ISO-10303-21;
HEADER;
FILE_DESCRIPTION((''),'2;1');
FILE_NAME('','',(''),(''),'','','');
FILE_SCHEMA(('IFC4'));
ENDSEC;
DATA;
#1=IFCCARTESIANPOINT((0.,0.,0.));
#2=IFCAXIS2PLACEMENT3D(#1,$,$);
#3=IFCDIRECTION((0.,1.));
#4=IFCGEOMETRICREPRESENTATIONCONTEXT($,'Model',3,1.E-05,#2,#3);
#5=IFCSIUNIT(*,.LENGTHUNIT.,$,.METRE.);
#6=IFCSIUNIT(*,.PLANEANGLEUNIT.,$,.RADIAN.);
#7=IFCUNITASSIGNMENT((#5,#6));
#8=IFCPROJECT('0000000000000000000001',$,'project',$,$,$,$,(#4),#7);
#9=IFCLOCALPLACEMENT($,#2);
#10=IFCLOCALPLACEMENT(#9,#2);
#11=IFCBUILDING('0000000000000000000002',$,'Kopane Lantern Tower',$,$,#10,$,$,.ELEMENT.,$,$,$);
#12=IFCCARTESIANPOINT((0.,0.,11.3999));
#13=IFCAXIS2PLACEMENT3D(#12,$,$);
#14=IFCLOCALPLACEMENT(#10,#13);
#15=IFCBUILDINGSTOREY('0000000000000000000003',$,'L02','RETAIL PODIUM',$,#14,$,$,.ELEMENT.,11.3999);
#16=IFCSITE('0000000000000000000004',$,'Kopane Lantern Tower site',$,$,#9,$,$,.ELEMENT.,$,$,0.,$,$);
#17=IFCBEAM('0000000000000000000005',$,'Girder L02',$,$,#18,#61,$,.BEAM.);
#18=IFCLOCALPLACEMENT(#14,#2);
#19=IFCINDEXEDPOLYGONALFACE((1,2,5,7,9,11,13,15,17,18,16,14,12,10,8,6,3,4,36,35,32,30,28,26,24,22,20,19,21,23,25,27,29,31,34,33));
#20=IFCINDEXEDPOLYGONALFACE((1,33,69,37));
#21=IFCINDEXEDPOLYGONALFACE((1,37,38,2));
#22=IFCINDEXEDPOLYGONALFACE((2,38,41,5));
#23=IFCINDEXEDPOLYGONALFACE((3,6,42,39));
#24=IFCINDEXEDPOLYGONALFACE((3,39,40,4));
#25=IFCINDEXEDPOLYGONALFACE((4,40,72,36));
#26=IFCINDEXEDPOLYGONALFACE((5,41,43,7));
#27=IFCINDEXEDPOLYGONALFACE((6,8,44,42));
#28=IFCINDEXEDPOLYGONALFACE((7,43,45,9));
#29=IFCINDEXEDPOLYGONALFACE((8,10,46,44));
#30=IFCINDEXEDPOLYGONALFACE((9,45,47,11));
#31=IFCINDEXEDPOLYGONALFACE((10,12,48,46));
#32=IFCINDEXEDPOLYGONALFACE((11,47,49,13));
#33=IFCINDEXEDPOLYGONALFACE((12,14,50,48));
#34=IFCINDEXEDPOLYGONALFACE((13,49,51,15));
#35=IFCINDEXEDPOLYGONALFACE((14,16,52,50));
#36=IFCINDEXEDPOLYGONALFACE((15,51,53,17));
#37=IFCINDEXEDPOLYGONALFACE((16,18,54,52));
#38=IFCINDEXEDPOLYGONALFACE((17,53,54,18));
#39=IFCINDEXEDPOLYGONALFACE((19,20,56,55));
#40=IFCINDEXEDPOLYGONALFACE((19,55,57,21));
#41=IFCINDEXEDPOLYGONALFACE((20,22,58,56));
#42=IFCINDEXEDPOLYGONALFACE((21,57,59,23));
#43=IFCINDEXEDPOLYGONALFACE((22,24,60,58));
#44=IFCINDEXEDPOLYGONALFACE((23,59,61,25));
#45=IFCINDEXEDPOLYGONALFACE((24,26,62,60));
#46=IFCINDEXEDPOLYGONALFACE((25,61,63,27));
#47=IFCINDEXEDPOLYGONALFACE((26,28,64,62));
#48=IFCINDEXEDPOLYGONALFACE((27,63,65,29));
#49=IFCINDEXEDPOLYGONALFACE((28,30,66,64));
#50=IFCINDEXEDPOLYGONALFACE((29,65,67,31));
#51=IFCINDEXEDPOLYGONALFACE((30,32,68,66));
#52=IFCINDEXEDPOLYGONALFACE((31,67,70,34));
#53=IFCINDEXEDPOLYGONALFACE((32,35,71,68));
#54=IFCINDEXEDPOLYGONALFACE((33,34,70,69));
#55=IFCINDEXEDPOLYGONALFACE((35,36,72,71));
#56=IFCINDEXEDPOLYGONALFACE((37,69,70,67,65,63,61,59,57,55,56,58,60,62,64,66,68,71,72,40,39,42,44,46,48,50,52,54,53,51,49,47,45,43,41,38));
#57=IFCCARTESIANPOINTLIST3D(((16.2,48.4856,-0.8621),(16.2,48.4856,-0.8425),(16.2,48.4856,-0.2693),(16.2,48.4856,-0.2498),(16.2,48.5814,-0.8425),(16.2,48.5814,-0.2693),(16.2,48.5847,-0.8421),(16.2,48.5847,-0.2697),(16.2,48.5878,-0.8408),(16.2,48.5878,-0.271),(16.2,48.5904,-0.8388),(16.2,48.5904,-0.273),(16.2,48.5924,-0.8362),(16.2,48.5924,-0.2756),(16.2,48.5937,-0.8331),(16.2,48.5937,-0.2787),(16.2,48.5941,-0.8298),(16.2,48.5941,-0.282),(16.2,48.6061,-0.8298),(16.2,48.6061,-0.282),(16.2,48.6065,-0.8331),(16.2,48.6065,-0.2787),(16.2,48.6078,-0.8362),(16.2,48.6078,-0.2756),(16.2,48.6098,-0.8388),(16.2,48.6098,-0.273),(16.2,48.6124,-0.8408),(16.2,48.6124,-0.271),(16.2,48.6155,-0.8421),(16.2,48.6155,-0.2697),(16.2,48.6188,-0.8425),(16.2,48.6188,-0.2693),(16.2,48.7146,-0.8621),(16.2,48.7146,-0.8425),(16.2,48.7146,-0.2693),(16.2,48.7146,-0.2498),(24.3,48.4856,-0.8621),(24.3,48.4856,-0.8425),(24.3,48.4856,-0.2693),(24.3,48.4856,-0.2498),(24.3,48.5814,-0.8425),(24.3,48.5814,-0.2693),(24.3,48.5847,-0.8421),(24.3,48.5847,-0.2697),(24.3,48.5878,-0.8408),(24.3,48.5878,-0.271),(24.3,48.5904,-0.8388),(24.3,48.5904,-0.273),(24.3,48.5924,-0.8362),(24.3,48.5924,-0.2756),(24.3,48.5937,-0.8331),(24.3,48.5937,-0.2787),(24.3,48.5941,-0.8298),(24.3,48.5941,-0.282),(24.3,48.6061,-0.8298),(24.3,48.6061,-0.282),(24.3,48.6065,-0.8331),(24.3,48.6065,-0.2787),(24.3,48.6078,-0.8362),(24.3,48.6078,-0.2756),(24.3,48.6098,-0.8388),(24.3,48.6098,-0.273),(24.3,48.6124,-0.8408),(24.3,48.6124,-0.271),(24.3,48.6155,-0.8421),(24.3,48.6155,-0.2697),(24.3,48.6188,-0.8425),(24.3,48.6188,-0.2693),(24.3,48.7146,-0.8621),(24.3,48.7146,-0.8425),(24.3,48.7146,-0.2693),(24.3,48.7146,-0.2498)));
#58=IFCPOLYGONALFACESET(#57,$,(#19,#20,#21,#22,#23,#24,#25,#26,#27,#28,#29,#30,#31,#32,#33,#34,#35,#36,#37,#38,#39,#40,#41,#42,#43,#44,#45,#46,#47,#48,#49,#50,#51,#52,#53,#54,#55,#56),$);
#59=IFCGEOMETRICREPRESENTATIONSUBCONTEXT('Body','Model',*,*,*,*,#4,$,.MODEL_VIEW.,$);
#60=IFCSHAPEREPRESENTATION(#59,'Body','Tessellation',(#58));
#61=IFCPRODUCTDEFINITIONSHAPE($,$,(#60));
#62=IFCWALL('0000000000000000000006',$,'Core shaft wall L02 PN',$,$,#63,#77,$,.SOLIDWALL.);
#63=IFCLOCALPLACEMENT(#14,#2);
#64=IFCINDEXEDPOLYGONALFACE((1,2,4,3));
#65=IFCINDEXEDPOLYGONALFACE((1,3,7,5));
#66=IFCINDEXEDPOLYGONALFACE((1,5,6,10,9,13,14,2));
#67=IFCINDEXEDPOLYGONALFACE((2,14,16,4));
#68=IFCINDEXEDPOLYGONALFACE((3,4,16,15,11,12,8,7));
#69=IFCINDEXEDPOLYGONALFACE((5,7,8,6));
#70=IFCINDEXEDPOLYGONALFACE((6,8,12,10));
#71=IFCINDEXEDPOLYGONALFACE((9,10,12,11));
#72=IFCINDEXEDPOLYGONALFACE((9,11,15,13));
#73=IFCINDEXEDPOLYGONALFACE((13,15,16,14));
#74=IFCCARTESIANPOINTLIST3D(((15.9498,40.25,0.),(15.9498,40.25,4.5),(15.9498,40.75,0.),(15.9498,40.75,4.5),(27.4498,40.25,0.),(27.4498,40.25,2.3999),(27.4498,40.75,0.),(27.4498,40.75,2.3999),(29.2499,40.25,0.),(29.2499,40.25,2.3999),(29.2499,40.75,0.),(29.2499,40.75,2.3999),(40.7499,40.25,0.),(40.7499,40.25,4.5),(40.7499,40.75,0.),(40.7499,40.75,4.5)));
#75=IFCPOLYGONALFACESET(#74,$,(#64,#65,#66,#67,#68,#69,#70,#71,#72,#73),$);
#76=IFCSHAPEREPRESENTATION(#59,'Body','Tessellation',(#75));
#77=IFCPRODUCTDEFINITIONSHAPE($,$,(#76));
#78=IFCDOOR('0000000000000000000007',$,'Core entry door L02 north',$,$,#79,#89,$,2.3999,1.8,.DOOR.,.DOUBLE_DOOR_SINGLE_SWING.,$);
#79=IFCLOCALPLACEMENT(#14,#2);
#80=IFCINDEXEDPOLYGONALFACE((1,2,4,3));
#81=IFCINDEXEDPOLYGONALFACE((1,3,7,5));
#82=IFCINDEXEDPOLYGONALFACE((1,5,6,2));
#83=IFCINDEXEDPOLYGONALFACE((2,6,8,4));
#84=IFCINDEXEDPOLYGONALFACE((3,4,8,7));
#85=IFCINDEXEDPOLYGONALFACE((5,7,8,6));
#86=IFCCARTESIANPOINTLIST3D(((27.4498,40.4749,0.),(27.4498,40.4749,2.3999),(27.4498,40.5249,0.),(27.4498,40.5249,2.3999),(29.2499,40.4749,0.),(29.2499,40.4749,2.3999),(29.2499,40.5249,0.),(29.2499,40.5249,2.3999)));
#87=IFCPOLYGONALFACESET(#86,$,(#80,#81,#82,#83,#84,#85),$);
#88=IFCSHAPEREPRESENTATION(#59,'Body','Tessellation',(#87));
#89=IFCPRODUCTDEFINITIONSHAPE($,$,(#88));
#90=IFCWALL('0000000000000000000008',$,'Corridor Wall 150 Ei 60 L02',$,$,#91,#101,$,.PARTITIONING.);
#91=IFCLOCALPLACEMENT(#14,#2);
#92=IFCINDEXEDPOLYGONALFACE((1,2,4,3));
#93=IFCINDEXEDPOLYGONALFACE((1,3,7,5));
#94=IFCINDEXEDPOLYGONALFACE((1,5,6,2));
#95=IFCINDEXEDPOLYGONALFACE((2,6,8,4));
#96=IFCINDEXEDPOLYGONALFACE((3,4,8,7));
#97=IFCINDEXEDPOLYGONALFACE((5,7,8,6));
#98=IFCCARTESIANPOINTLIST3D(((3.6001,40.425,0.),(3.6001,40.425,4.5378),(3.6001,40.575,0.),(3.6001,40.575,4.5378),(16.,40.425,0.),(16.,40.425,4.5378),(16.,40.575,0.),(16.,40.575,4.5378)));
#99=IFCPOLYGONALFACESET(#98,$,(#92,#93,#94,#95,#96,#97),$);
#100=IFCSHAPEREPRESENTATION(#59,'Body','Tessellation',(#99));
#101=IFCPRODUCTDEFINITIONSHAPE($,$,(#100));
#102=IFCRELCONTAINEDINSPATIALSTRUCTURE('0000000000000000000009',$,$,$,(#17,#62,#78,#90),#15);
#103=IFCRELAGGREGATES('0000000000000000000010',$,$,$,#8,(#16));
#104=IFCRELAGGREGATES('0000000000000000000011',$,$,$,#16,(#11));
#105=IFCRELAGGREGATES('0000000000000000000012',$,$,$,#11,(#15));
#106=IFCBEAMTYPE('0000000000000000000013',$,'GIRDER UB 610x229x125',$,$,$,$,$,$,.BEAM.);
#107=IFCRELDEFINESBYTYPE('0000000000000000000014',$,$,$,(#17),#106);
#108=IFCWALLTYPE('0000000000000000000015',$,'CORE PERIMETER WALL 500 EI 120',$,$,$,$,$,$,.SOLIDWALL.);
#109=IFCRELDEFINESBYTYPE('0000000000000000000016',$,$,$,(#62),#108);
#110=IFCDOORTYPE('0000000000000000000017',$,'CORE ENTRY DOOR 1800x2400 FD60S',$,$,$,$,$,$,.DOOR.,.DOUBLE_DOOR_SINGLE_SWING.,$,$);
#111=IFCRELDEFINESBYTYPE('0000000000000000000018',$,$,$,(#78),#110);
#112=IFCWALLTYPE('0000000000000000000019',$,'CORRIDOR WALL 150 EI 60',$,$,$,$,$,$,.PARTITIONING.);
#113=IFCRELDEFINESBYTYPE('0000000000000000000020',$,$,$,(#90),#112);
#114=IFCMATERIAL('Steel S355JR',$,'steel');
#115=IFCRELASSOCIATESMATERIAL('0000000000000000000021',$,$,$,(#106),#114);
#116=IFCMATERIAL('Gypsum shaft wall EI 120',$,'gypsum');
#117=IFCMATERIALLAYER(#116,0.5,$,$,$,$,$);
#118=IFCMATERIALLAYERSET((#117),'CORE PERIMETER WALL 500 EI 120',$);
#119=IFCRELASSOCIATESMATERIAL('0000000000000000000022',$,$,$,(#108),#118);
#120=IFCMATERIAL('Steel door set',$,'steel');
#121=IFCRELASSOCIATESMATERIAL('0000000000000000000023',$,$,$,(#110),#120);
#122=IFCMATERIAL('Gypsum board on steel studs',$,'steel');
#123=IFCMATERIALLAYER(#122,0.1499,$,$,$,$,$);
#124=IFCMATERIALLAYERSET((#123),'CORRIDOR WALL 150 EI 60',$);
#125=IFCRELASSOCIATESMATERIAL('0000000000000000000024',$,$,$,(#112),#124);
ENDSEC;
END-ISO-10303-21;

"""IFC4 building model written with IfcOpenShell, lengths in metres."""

from ifc_helpers import new_model, si_unit, direction, frame, frame_2d, origin, origin_2d, place, context, subcontext, project, spatial, rectangle, i_section, extrude, material, layer, layer_set, material_profile, profile_set, type_object, element, fill, save


model = new_model("IFC4")

# Units and contexts
model_context = context("Model", 3, precision=1e-05, world=origin(), true_north=direction((0.0, 1.0)))
body_context = subcontext(model_context, "Body", "Model", "MODEL_VIEW")
ifc_project = project(units=[si_unit("LENGTHUNIT", "METRE"), si_unit("PLANEANGLEUNIT", "RADIAN")], contexts=[model_context])

# Site, building, storey
site_placement = place(None, origin())
site = spatial("IfcSite", under=ifc_project, at=site_placement, Name="Kopane Lantern Tower site", CompositionType="ELEMENT", RefElevation=0.0)
building_placement = place(site_placement, origin())
building = spatial("IfcBuilding", under=site, at=building_placement, Name="Kopane Lantern Tower", CompositionType="ELEMENT")
storey_placement = place(building_placement, frame((0.0, 0.0, 11.3999)))
storey = spatial("IfcBuildingStorey", under=building, at=storey_placement, Name="L02", Description="RETAIL PODIUM", CompositionType="ELEMENT", Elevation=11.3999)

# Beam
ifc_material_1 = material(Name="Steel S355JR", Category="steel")
ifc_material_profile_1 = material_profile(ifc_material_1, i_section(OverallWidth=0.229, OverallDepth=0.6123, WebThickness=0.012, FlangeThickness=0.0195, FilletRadius=0.0127, at=origin_2d()), Name="UB 610x229x125")
ifc_profile_set_1 = profile_set([ifc_material_profile_1], Name="Steel S355JR")
beam_type = type_object("IfcBeamType", Name="GIRDER UB 610x229x125", PredefinedType="BEAM", material=ifc_profile_set_1)
for number, where, z_axis, x_axis, name in (
    (1, (16.2, 48.6001, -0.5559), (1.0, 0.0, 0.0), (0.0, 1.0, 0.0), "Girder L02"),
):
    element("IfcBeam", number, at=place(storey_placement, frame(where, z_axis=z_axis, x_axis=x_axis)), inside=storey, type_object=beam_type, Name=name, PredefinedType="BEAM", context=body_context, shape_type="SweptSolid", body=[
        extrude(i_section(OverallWidth=0.229, OverallDepth=0.6123, WebThickness=0.012, FlangeThickness=0.0195, FilletRadius=0.0127, at=origin_2d()), origin(), (0.0, 0.0, 1.0), 8.1001),
    ])

# Wall, opening, door
ifc_material_2 = material(Name="Gypsum shaft wall EI 120", Category="gypsum")
ifc_layer_1 = layer(ifc_material_2, 0.5)
ifc_layer_set_1 = layer_set([ifc_layer_1], Name="CORE PERIMETER WALL 500 EI 120")
wall_type_1 = type_object("IfcWallType", Name="CORE PERIMETER WALL 500 EI 120", PredefinedType="SOLIDWALL", material=ifc_layer_set_1)
wall_1_placement = place(storey_placement, frame((15.95, 40.5, 0.0), z_axis=(0.0, 0.0, 1.0), x_axis=(1.0, 0.0, 0.0)))
wall_1 = element("IfcWall", 2, at=wall_1_placement, inside=storey, type_object=wall_type_1, Name="Core shaft wall L02 PN", PredefinedType="SOLIDWALL", context=body_context, shape_type="SweptSolid", body=[
    extrude(rectangle(XDim=24.8, YDim=0.5, at=frame_2d((12.3999, 0.0))), origin(), (0.0, 0.0, 1.0), 4.5),
])
opening_1_placement = place(wall_1_placement, frame((11.5, 0.0, 0.0)))
opening_1 = element("IfcOpeningElement", 3, at=opening_1_placement, cuts=wall_1, PredefinedType="OPENING", context=body_context, shape_type="SweptSolid", body=[
    extrude(rectangle(XDim=1.8, YDim=2.3999, at=frame_2d((0.8999, 1.2))), frame((0.0, 0.26, 0.0), z_axis=(0.0, -1.0, 0.0), x_axis=(1.0, 0.0, 0.0)), (0.0, 0.0, 1.0), 0.52),
])
ifc_material_3 = material(Name="Steel door set", Category="steel")
door_type_1 = type_object("IfcDoorType", Name="CORE ENTRY DOOR 1800x2400 FD60S", OperationType="DOUBLE_DOOR_SINGLE_SWING", PredefinedType="DOOR", material=ifc_material_3)
door_1_placement = place(opening_1_placement, origin())
door_1 = element("IfcDoor", 4, at=door_1_placement, inside=storey, type_object=door_type_1, Name="Core entry door L02 north", OperationType="DOUBLE_DOOR_SINGLE_SWING", OverallHeight=2.3999, OverallWidth=1.8, PredefinedType="DOOR", context=body_context, shape_type="SweptSolid", body=[
    extrude(rectangle(XDim=1.8, YDim=2.3999, at=frame_2d((0.8999, 1.2))), frame((0.0, 0.0249, 0.0), z_axis=(0.0, -1.0, 0.0), x_axis=(1.0, 0.0, 0.0)), (0.0, 0.0, 1.0), 0.05),
])
fill(opening_1, door_1)

# Wall
ifc_material_4 = material(Name="Gypsum board on steel studs", Category="steel")
ifc_layer_2 = layer(ifc_material_4, 0.1499)
ifc_layer_set_2 = layer_set([ifc_layer_2], Name="CORRIDOR WALL 150 EI 60")
wall_type_2 = type_object("IfcWallType", Name="CORRIDOR WALL 150 EI 60", PredefinedType="PARTITIONING", material=ifc_layer_set_2)
wall_2_placement = place(storey_placement, frame((16.0, 40.5, 0.0), z_axis=(0.0, 0.0, 1.0), x_axis=(-1.0, 0.0, 0.0)))
element("IfcWall", 5, at=wall_2_placement, inside=storey, type_object=wall_type_2, Name="Corridor Wall 150 Ei 60 L02", PredefinedType="PARTITIONING", context=body_context, shape_type="SweptSolid", body=[
    extrude(rectangle(XDim=12.3999, YDim=0.1499, at=frame_2d((6.2, 0.0))), origin(), (0.0, 0.0, 1.0), 4.5378),
])

save(model, "model.ifc")
